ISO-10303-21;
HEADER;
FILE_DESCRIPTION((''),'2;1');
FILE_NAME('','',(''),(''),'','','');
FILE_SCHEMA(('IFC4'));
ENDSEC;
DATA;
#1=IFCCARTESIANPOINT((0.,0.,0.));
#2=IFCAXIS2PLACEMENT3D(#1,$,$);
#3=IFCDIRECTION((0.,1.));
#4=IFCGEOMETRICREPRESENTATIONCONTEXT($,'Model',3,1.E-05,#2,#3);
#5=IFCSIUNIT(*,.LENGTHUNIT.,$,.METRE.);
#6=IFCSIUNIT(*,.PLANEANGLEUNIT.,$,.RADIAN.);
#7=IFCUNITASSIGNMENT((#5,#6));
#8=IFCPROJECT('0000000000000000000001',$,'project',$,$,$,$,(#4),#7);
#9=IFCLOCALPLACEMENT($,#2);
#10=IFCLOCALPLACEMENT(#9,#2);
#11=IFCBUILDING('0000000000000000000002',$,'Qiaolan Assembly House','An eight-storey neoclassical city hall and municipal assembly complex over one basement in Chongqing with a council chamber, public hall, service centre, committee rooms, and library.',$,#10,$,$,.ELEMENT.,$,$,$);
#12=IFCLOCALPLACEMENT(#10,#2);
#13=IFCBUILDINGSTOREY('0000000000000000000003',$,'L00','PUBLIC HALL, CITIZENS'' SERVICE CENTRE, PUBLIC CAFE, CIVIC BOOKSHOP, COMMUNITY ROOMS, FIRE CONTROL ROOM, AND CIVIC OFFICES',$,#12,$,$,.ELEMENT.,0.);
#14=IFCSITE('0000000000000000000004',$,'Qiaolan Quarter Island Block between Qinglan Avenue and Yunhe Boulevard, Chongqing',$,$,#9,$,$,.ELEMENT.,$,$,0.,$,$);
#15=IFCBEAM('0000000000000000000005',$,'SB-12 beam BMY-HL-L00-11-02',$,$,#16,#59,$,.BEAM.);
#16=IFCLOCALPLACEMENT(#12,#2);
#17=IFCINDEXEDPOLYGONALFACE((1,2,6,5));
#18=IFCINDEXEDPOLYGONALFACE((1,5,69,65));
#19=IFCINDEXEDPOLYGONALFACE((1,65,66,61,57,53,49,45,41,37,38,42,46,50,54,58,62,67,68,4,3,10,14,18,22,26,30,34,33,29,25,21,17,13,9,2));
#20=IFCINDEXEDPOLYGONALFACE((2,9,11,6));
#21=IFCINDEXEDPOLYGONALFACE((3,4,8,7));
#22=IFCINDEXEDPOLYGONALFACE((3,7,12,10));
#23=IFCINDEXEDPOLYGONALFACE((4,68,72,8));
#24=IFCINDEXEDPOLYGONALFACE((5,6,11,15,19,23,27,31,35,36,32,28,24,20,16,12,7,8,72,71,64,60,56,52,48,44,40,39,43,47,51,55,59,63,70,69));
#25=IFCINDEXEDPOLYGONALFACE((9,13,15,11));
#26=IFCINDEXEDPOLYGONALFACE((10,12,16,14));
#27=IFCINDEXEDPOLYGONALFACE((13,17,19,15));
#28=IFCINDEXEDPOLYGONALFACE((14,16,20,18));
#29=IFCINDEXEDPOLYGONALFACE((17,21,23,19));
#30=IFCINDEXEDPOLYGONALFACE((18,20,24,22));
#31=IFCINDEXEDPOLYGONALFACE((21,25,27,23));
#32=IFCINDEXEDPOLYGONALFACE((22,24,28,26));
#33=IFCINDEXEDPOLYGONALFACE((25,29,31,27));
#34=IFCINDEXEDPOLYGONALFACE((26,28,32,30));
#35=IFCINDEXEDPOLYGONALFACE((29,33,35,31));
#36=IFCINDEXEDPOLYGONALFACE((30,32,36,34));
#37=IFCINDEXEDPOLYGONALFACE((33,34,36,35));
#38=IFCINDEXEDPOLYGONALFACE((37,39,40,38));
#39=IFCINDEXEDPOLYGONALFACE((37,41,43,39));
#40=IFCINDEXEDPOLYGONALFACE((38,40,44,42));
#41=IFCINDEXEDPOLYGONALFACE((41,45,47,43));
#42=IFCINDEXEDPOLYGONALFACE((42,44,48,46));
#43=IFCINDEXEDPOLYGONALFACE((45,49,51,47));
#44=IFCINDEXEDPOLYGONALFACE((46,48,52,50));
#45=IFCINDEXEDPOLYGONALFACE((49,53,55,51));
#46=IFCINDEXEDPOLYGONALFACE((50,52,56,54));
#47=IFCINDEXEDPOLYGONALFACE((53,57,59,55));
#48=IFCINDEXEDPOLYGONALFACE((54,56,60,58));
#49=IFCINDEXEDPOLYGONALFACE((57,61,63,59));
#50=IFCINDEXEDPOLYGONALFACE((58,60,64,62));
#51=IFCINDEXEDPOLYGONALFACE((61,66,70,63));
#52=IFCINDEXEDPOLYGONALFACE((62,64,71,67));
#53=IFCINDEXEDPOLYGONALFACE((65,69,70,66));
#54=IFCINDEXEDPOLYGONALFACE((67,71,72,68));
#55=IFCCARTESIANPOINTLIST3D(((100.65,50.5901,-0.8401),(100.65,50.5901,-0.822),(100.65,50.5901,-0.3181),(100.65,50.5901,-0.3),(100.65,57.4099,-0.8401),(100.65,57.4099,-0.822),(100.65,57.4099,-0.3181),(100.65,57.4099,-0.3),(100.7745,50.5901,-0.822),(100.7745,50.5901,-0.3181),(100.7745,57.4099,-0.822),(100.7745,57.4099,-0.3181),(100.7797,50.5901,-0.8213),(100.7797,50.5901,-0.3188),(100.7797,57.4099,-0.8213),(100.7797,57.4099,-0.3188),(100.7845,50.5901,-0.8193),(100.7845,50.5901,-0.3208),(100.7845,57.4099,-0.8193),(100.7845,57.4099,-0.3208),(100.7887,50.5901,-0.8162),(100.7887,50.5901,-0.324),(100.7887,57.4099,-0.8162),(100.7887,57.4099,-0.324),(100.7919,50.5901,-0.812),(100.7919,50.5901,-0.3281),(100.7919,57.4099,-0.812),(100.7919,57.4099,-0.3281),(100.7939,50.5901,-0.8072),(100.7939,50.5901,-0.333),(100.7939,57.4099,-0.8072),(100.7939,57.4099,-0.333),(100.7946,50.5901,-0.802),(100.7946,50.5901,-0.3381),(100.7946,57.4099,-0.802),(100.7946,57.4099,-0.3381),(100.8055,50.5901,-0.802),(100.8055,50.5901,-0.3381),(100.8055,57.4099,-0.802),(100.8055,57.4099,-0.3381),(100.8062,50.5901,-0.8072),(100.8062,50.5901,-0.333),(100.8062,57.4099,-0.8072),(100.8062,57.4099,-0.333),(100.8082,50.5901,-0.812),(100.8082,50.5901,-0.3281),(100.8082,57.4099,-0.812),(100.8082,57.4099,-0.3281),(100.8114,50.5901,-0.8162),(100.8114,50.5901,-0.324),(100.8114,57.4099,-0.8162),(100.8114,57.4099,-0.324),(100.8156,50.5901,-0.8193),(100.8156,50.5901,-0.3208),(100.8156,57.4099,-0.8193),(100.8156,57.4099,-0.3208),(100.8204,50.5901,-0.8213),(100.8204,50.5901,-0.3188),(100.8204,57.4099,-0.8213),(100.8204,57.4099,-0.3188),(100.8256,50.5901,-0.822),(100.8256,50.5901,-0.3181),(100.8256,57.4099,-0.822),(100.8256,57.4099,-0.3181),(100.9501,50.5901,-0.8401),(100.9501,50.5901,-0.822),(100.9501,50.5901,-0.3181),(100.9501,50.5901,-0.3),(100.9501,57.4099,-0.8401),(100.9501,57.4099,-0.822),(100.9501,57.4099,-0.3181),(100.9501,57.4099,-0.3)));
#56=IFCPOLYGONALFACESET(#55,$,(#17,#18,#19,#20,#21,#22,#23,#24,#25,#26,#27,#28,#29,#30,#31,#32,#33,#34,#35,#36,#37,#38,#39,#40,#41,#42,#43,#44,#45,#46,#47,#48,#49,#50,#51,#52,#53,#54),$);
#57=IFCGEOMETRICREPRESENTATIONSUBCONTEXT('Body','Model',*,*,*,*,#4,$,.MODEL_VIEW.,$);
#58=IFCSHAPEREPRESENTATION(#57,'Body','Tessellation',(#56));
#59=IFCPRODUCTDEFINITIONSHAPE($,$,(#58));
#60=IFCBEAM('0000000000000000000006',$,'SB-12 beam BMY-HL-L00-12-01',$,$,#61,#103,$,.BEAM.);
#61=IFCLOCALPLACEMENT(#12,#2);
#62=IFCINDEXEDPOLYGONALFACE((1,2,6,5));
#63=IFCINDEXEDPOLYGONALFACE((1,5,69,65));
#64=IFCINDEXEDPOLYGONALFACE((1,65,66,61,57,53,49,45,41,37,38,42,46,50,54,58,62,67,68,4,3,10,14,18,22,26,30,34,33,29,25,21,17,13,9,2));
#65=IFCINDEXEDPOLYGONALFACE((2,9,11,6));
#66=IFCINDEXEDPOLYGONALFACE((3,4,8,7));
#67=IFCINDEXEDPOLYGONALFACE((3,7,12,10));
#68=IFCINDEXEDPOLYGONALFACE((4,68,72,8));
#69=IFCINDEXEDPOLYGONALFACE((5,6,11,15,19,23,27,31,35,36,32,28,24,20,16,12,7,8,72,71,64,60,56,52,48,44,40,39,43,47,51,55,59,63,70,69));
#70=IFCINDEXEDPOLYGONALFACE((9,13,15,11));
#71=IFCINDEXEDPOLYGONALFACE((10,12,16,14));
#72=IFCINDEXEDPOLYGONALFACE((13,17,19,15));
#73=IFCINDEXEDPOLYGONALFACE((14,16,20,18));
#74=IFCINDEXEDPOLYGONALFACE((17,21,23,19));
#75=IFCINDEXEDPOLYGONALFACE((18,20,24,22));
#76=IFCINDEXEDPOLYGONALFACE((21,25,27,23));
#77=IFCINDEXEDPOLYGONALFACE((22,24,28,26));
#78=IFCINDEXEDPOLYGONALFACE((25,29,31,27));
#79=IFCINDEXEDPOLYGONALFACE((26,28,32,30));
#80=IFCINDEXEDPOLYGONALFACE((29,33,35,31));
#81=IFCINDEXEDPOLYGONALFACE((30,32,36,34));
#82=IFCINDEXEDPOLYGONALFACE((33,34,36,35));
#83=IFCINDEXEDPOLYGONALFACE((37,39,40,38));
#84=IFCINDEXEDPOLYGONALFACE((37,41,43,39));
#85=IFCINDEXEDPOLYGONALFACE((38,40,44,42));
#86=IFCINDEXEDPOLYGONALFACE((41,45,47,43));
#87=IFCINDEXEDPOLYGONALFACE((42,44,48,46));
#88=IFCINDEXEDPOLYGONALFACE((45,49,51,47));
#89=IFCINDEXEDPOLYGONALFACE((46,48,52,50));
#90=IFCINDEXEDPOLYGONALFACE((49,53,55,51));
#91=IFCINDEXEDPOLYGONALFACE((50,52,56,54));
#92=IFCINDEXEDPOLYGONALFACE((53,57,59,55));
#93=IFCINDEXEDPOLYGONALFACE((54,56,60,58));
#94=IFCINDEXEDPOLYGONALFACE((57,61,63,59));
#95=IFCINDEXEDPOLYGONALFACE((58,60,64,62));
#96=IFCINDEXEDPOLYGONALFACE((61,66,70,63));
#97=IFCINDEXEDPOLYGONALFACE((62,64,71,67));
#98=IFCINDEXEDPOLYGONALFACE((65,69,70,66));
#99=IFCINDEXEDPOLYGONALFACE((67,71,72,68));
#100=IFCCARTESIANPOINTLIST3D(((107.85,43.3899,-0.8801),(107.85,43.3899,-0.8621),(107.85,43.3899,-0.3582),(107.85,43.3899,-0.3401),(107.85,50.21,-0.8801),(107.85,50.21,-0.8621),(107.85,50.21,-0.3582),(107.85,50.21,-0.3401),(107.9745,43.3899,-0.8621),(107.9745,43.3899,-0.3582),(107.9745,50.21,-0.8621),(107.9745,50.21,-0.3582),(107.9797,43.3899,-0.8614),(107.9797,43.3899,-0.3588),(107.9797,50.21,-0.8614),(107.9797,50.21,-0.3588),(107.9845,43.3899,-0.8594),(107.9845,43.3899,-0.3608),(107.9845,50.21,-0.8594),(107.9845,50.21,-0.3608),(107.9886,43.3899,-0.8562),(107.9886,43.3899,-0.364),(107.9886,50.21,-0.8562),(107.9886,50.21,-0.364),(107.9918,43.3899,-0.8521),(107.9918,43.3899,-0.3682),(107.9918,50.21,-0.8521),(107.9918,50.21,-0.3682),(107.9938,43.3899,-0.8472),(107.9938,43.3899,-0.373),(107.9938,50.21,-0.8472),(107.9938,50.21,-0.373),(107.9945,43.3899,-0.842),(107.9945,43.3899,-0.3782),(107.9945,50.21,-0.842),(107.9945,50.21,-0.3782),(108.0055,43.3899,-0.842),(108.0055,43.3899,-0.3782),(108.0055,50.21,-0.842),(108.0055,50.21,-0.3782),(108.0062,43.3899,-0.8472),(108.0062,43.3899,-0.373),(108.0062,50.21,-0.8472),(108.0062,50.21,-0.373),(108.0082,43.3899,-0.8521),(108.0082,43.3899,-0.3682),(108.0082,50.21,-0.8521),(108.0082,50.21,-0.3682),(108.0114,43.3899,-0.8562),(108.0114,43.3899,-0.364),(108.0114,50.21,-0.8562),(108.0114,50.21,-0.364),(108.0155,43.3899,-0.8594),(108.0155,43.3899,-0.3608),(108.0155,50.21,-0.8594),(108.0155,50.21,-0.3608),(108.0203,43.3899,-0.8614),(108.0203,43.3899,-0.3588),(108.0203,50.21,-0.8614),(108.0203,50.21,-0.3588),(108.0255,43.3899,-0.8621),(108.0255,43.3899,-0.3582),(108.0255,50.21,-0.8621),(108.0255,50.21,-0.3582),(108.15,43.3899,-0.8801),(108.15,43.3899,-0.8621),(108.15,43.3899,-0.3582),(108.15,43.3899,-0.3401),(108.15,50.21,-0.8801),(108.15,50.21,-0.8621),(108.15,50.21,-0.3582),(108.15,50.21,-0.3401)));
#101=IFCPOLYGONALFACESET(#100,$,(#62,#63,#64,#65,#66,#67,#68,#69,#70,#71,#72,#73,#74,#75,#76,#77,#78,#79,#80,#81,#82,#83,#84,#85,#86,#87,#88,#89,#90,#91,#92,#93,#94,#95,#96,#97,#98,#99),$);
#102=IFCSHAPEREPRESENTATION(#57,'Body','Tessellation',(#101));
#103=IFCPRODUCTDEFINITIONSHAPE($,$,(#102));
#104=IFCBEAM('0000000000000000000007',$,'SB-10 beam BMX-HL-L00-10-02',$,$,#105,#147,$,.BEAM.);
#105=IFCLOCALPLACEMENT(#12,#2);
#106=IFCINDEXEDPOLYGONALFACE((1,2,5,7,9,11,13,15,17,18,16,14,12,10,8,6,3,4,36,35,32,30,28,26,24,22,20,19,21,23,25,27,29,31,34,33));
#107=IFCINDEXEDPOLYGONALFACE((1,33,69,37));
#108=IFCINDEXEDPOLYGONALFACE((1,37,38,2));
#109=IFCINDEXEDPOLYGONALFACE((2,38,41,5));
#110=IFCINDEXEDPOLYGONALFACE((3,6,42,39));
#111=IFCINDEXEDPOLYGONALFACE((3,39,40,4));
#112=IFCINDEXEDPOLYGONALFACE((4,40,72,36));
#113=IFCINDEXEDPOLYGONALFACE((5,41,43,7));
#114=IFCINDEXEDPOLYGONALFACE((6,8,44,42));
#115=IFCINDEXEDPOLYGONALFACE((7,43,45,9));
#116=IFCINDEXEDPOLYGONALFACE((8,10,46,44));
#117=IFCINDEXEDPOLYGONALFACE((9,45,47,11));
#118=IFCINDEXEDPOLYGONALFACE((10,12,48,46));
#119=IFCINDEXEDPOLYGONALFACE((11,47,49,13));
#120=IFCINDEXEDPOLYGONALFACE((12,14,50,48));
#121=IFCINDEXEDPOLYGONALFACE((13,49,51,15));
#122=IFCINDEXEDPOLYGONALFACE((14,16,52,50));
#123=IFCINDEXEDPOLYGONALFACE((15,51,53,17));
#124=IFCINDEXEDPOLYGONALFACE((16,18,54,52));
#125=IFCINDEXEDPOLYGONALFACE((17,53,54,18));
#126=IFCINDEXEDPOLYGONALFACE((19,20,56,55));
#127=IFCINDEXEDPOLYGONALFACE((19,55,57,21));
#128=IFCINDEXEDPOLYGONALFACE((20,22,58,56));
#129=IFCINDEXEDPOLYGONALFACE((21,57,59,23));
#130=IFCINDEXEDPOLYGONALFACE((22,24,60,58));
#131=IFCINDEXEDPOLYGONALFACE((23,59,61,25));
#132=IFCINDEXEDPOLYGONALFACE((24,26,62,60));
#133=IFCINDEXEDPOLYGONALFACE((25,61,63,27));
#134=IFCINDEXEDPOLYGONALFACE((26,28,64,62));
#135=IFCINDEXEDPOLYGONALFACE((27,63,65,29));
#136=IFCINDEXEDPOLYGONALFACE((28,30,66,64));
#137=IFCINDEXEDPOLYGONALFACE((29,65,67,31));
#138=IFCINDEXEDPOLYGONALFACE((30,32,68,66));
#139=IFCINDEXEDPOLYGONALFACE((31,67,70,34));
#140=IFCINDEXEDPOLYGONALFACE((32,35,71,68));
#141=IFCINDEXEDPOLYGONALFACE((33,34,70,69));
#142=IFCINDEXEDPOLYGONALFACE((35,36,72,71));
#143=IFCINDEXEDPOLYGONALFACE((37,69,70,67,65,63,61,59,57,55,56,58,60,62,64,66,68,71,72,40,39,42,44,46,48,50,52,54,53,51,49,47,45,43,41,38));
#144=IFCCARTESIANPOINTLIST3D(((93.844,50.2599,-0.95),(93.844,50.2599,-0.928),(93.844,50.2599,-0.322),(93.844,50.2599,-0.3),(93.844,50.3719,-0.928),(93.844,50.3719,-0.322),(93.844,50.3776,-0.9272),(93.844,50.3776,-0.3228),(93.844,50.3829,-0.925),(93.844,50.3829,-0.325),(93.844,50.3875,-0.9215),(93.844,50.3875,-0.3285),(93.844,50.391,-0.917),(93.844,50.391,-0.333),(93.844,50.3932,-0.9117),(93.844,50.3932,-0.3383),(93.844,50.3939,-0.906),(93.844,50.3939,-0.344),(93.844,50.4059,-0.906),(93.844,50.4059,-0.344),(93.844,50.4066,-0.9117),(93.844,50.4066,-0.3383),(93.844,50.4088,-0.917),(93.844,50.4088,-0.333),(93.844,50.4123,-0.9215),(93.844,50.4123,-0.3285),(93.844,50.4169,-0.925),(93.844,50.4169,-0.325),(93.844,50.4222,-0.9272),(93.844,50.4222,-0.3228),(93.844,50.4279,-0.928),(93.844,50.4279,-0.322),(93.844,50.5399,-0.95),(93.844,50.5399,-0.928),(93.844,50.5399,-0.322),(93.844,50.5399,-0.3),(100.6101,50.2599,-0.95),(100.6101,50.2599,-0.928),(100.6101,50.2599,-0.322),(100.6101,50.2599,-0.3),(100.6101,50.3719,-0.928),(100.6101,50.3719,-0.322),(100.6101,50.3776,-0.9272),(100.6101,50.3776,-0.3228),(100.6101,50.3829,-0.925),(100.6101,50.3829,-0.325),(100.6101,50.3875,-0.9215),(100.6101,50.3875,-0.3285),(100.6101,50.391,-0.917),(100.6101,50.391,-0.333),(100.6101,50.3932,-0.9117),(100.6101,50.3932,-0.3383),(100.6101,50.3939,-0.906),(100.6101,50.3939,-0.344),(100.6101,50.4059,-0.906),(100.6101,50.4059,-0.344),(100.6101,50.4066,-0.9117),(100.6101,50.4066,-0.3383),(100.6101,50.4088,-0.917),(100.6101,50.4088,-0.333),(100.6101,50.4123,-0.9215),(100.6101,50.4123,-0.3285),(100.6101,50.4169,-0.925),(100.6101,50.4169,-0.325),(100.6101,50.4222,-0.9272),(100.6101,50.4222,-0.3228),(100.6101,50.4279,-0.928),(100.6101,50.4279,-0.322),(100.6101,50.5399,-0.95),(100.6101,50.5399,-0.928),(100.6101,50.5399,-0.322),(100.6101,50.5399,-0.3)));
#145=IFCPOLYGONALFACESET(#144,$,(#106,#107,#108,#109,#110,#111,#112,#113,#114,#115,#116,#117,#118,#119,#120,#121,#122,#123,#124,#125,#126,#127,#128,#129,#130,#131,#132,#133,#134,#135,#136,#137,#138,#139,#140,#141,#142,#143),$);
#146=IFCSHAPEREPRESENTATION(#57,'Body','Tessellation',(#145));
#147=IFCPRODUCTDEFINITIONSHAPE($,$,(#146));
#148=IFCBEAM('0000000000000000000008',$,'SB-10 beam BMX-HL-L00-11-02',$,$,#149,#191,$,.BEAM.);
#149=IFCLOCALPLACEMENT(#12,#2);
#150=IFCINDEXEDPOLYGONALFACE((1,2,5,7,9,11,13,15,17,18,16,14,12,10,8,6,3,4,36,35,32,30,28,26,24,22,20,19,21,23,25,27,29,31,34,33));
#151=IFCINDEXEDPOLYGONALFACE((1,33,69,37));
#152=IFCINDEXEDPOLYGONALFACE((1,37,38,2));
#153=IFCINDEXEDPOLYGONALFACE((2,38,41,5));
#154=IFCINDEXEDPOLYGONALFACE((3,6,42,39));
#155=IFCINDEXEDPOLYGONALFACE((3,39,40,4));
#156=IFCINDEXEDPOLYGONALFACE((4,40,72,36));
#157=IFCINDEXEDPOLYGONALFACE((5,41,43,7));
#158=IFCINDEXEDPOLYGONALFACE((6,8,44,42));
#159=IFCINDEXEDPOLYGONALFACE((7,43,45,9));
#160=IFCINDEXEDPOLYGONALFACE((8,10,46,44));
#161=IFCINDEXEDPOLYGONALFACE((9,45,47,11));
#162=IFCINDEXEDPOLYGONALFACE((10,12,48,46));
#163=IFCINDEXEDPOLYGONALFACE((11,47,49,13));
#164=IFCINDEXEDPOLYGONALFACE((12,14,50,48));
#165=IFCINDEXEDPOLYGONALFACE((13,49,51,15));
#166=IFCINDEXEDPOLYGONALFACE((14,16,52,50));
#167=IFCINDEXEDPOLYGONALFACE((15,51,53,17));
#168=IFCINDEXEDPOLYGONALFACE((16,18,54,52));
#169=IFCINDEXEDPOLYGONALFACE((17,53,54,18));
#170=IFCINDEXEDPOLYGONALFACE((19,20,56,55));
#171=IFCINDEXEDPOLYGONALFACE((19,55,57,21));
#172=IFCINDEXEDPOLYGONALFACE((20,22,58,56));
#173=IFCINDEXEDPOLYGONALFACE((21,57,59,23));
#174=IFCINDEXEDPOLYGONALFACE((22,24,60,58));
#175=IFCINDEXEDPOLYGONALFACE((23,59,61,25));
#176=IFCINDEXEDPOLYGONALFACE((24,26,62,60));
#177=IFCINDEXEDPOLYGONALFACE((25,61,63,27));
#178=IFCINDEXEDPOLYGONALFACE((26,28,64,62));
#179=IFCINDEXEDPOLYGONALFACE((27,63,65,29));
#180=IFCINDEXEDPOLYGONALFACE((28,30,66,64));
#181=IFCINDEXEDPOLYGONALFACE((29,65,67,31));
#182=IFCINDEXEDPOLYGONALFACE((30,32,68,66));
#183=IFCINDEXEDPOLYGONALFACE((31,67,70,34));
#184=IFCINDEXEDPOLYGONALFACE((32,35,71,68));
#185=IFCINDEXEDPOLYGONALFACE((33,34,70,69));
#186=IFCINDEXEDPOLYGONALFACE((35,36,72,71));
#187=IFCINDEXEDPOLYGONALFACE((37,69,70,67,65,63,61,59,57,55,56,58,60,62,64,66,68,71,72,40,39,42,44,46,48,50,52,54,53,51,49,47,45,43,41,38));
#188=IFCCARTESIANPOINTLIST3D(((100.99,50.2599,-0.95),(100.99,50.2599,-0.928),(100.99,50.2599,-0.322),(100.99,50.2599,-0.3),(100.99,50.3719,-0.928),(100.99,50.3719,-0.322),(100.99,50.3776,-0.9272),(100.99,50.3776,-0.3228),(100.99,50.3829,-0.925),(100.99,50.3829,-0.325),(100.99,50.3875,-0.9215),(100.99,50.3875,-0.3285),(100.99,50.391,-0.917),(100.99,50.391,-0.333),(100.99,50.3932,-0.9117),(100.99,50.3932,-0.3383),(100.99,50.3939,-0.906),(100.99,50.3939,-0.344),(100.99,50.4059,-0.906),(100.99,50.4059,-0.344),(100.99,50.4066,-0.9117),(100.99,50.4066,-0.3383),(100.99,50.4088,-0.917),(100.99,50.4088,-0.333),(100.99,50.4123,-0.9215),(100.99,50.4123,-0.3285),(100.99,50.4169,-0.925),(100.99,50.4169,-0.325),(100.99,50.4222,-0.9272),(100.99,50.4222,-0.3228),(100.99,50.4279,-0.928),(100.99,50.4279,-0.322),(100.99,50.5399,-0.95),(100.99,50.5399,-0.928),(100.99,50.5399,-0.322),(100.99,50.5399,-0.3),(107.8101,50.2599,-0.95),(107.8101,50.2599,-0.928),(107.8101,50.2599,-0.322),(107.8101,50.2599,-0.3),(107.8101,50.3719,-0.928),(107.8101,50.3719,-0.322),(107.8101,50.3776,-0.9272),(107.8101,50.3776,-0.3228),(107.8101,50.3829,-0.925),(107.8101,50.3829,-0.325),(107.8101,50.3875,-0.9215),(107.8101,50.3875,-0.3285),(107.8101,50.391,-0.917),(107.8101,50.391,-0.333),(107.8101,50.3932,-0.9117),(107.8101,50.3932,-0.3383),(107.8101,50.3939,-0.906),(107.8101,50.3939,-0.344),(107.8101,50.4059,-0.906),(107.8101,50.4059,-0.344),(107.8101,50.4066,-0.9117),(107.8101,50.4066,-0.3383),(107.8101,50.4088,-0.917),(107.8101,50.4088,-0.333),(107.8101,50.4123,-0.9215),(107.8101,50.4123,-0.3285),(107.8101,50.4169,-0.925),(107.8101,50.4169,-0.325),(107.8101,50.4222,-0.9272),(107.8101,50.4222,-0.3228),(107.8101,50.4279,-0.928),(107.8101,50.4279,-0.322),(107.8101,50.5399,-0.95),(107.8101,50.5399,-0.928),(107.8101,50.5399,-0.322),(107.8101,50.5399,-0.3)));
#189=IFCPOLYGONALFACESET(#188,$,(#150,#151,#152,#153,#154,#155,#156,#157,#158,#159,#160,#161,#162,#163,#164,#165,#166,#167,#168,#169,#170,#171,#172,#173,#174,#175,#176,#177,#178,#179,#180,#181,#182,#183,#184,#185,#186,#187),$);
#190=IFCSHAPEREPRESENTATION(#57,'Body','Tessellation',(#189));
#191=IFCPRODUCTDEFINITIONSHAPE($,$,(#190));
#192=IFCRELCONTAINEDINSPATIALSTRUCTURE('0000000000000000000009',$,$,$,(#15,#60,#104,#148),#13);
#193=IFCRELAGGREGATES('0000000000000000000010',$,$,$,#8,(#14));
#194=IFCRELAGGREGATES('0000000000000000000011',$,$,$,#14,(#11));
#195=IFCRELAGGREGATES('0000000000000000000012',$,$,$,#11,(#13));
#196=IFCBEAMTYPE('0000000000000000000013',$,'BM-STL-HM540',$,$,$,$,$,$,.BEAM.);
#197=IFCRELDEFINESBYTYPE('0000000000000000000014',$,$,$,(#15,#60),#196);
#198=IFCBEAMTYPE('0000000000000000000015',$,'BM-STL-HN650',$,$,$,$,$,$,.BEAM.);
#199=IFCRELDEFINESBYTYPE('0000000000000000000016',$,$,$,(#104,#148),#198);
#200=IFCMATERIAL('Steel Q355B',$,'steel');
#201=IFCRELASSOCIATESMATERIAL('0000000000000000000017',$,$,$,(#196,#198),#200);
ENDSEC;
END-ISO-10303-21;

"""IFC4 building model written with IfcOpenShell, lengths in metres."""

from ifc_helpers import new_model, si_unit, direction, frame, origin, origin_2d, place, context, subcontext, project, spatial, i_section, extrude, material, material_profile, profile_set, type_object, element, save


model = new_model("IFC4")

# Units and contexts
model_context = context("Model", 3, precision=1e-05, world=origin(), true_north=direction((0.0, 1.0)))
body_context = subcontext(model_context, "Body", "Model", "MODEL_VIEW")
ifc_project = project(units=[si_unit("LENGTHUNIT", "METRE"), si_unit("PLANEANGLEUNIT", "RADIAN")], contexts=[model_context])

# Site, building, storey
site_placement = place(None, origin())
site = spatial("IfcSite", under=ifc_project, at=site_placement, Name="Qiaolan Quarter Island Block between Qinglan Avenue and Yunhe Boulevard, Chongqing", CompositionType="ELEMENT", RefElevation=0.0)
building_placement = place(site_placement, origin())
building = spatial("IfcBuilding", under=site, at=building_placement, Name="Qiaolan Assembly House", Description="An eight-storey neoclassical city hall and municipal assembly complex over one basement in Chongqing with a council chamber, public hall, service centre, committee rooms, and library.", CompositionType="ELEMENT")
storey_placement = place(building_placement, origin())
storey = spatial("IfcBuildingStorey", under=building, at=storey_placement, Name="L00", Description="PUBLIC HALL, CITIZENS' SERVICE CENTRE, PUBLIC CAFE, CIVIC BOOKSHOP, COMMUNITY ROOMS, FIRE CONTROL ROOM, AND CIVIC OFFICES", CompositionType="ELEMENT", Elevation=0.0)

# Shared definitions
ifc_material_1 = material(Name="Steel Q355B", Category="steel")

# Beams
ifc_material_profile_1 = material_profile(ifc_material_1, i_section(OverallWidth=0.3, OverallDepth=0.54, WebThickness=0.011, FlangeThickness=0.0181, FilletRadius=0.02, at=origin_2d()), Name="HM 540x300x11x18")
ifc_profile_set_1 = profile_set([ifc_material_profile_1], Name="Steel Q355B")
beam_type_1 = type_object("IfcBeamType", Name="BM-STL-HM540", PredefinedType="BEAM", material=ifc_profile_set_1)
beam_1_placement = place(storey_placement, frame((100.8, 50.5901, -0.5701), z_axis=(0.0, 1.0, 0.0), x_axis=(-1.0, 0.0, 0.0)))
element("IfcBeam", 1, at=beam_1_placement, inside=storey, type_object=beam_type_1, Name="SB-12 beam BMY-HL-L00-11-02", PredefinedType="BEAM", context=body_context, shape_type="SweptSolid", body=[
    extrude(i_section(OverallWidth=0.3, OverallDepth=0.54, WebThickness=0.011, FlangeThickness=0.0181, FilletRadius=0.02, at=origin_2d()), origin(), (0.0, 0.0, 1.0), 6.8198),
])
beam_2_placement = place(storey_placement, frame((108.0, 43.3899, -0.6101), z_axis=(0.0, 1.0, 0.0), x_axis=(-1.0, 0.0, 0.0)))
element("IfcBeam", 2, at=beam_2_placement, inside=storey, type_object=beam_type_1, Name="SB-12 beam BMY-HL-L00-12-01", PredefinedType="BEAM", context=body_context, shape_type="SweptSolid", body=[
    extrude(i_section(OverallWidth=0.3, OverallDepth=0.54, WebThickness=0.011, FlangeThickness=0.0181, FilletRadius=0.02, at=origin_2d()), origin(), (0.0, 0.0, 1.0), 6.8201),
])
ifc_material_profile_2 = material_profile(ifc_material_1, i_section(OverallWidth=0.28, OverallDepth=0.6499, WebThickness=0.012, FlangeThickness=0.022, FilletRadius=0.022, at=origin_2d()), Name="HN 650x280x12x22")
ifc_profile_set_2 = profile_set([ifc_material_profile_2], Name="Steel Q355B")
beam_type_2 = type_object("IfcBeamType", Name="BM-STL-HN650", PredefinedType="BEAM", material=ifc_profile_set_2)
beam_3_placement = place(storey_placement, frame((93.844, 50.3999, -0.625), z_axis=(1.0, 0.0, 0.0), x_axis=(0.0, 1.0, 0.0)))
element("IfcBeam", 3, at=beam_3_placement, inside=storey, type_object=beam_type_2, Name="SB-10 beam BMX-HL-L00-10-02", PredefinedType="BEAM", context=body_context, shape_type="SweptSolid", body=[
    extrude(i_section(OverallWidth=0.28, OverallDepth=0.6499, WebThickness=0.012, FlangeThickness=0.022, FilletRadius=0.022, at=origin_2d()), origin(), (0.0, 0.0, 1.0), 6.7661),
])
beam_4_placement = place(storey_placement, frame((100.99, 50.3999, -0.625), z_axis=(1.0, 0.0, 0.0), x_axis=(0.0, 1.0, 0.0)))
element("IfcBeam", 4, at=beam_4_placement, inside=storey, type_object=beam_type_2, Name="SB-10 beam BMX-HL-L00-11-02", PredefinedType="BEAM", context=body_context, shape_type="SweptSolid", body=[
    extrude(i_section(OverallWidth=0.28, OverallDepth=0.6499, WebThickness=0.012, FlangeThickness=0.022, FilletRadius=0.022, at=origin_2d()), origin(), (0.0, 0.0, 1.0), 6.8201),
])

save(model, "model.ifc")
